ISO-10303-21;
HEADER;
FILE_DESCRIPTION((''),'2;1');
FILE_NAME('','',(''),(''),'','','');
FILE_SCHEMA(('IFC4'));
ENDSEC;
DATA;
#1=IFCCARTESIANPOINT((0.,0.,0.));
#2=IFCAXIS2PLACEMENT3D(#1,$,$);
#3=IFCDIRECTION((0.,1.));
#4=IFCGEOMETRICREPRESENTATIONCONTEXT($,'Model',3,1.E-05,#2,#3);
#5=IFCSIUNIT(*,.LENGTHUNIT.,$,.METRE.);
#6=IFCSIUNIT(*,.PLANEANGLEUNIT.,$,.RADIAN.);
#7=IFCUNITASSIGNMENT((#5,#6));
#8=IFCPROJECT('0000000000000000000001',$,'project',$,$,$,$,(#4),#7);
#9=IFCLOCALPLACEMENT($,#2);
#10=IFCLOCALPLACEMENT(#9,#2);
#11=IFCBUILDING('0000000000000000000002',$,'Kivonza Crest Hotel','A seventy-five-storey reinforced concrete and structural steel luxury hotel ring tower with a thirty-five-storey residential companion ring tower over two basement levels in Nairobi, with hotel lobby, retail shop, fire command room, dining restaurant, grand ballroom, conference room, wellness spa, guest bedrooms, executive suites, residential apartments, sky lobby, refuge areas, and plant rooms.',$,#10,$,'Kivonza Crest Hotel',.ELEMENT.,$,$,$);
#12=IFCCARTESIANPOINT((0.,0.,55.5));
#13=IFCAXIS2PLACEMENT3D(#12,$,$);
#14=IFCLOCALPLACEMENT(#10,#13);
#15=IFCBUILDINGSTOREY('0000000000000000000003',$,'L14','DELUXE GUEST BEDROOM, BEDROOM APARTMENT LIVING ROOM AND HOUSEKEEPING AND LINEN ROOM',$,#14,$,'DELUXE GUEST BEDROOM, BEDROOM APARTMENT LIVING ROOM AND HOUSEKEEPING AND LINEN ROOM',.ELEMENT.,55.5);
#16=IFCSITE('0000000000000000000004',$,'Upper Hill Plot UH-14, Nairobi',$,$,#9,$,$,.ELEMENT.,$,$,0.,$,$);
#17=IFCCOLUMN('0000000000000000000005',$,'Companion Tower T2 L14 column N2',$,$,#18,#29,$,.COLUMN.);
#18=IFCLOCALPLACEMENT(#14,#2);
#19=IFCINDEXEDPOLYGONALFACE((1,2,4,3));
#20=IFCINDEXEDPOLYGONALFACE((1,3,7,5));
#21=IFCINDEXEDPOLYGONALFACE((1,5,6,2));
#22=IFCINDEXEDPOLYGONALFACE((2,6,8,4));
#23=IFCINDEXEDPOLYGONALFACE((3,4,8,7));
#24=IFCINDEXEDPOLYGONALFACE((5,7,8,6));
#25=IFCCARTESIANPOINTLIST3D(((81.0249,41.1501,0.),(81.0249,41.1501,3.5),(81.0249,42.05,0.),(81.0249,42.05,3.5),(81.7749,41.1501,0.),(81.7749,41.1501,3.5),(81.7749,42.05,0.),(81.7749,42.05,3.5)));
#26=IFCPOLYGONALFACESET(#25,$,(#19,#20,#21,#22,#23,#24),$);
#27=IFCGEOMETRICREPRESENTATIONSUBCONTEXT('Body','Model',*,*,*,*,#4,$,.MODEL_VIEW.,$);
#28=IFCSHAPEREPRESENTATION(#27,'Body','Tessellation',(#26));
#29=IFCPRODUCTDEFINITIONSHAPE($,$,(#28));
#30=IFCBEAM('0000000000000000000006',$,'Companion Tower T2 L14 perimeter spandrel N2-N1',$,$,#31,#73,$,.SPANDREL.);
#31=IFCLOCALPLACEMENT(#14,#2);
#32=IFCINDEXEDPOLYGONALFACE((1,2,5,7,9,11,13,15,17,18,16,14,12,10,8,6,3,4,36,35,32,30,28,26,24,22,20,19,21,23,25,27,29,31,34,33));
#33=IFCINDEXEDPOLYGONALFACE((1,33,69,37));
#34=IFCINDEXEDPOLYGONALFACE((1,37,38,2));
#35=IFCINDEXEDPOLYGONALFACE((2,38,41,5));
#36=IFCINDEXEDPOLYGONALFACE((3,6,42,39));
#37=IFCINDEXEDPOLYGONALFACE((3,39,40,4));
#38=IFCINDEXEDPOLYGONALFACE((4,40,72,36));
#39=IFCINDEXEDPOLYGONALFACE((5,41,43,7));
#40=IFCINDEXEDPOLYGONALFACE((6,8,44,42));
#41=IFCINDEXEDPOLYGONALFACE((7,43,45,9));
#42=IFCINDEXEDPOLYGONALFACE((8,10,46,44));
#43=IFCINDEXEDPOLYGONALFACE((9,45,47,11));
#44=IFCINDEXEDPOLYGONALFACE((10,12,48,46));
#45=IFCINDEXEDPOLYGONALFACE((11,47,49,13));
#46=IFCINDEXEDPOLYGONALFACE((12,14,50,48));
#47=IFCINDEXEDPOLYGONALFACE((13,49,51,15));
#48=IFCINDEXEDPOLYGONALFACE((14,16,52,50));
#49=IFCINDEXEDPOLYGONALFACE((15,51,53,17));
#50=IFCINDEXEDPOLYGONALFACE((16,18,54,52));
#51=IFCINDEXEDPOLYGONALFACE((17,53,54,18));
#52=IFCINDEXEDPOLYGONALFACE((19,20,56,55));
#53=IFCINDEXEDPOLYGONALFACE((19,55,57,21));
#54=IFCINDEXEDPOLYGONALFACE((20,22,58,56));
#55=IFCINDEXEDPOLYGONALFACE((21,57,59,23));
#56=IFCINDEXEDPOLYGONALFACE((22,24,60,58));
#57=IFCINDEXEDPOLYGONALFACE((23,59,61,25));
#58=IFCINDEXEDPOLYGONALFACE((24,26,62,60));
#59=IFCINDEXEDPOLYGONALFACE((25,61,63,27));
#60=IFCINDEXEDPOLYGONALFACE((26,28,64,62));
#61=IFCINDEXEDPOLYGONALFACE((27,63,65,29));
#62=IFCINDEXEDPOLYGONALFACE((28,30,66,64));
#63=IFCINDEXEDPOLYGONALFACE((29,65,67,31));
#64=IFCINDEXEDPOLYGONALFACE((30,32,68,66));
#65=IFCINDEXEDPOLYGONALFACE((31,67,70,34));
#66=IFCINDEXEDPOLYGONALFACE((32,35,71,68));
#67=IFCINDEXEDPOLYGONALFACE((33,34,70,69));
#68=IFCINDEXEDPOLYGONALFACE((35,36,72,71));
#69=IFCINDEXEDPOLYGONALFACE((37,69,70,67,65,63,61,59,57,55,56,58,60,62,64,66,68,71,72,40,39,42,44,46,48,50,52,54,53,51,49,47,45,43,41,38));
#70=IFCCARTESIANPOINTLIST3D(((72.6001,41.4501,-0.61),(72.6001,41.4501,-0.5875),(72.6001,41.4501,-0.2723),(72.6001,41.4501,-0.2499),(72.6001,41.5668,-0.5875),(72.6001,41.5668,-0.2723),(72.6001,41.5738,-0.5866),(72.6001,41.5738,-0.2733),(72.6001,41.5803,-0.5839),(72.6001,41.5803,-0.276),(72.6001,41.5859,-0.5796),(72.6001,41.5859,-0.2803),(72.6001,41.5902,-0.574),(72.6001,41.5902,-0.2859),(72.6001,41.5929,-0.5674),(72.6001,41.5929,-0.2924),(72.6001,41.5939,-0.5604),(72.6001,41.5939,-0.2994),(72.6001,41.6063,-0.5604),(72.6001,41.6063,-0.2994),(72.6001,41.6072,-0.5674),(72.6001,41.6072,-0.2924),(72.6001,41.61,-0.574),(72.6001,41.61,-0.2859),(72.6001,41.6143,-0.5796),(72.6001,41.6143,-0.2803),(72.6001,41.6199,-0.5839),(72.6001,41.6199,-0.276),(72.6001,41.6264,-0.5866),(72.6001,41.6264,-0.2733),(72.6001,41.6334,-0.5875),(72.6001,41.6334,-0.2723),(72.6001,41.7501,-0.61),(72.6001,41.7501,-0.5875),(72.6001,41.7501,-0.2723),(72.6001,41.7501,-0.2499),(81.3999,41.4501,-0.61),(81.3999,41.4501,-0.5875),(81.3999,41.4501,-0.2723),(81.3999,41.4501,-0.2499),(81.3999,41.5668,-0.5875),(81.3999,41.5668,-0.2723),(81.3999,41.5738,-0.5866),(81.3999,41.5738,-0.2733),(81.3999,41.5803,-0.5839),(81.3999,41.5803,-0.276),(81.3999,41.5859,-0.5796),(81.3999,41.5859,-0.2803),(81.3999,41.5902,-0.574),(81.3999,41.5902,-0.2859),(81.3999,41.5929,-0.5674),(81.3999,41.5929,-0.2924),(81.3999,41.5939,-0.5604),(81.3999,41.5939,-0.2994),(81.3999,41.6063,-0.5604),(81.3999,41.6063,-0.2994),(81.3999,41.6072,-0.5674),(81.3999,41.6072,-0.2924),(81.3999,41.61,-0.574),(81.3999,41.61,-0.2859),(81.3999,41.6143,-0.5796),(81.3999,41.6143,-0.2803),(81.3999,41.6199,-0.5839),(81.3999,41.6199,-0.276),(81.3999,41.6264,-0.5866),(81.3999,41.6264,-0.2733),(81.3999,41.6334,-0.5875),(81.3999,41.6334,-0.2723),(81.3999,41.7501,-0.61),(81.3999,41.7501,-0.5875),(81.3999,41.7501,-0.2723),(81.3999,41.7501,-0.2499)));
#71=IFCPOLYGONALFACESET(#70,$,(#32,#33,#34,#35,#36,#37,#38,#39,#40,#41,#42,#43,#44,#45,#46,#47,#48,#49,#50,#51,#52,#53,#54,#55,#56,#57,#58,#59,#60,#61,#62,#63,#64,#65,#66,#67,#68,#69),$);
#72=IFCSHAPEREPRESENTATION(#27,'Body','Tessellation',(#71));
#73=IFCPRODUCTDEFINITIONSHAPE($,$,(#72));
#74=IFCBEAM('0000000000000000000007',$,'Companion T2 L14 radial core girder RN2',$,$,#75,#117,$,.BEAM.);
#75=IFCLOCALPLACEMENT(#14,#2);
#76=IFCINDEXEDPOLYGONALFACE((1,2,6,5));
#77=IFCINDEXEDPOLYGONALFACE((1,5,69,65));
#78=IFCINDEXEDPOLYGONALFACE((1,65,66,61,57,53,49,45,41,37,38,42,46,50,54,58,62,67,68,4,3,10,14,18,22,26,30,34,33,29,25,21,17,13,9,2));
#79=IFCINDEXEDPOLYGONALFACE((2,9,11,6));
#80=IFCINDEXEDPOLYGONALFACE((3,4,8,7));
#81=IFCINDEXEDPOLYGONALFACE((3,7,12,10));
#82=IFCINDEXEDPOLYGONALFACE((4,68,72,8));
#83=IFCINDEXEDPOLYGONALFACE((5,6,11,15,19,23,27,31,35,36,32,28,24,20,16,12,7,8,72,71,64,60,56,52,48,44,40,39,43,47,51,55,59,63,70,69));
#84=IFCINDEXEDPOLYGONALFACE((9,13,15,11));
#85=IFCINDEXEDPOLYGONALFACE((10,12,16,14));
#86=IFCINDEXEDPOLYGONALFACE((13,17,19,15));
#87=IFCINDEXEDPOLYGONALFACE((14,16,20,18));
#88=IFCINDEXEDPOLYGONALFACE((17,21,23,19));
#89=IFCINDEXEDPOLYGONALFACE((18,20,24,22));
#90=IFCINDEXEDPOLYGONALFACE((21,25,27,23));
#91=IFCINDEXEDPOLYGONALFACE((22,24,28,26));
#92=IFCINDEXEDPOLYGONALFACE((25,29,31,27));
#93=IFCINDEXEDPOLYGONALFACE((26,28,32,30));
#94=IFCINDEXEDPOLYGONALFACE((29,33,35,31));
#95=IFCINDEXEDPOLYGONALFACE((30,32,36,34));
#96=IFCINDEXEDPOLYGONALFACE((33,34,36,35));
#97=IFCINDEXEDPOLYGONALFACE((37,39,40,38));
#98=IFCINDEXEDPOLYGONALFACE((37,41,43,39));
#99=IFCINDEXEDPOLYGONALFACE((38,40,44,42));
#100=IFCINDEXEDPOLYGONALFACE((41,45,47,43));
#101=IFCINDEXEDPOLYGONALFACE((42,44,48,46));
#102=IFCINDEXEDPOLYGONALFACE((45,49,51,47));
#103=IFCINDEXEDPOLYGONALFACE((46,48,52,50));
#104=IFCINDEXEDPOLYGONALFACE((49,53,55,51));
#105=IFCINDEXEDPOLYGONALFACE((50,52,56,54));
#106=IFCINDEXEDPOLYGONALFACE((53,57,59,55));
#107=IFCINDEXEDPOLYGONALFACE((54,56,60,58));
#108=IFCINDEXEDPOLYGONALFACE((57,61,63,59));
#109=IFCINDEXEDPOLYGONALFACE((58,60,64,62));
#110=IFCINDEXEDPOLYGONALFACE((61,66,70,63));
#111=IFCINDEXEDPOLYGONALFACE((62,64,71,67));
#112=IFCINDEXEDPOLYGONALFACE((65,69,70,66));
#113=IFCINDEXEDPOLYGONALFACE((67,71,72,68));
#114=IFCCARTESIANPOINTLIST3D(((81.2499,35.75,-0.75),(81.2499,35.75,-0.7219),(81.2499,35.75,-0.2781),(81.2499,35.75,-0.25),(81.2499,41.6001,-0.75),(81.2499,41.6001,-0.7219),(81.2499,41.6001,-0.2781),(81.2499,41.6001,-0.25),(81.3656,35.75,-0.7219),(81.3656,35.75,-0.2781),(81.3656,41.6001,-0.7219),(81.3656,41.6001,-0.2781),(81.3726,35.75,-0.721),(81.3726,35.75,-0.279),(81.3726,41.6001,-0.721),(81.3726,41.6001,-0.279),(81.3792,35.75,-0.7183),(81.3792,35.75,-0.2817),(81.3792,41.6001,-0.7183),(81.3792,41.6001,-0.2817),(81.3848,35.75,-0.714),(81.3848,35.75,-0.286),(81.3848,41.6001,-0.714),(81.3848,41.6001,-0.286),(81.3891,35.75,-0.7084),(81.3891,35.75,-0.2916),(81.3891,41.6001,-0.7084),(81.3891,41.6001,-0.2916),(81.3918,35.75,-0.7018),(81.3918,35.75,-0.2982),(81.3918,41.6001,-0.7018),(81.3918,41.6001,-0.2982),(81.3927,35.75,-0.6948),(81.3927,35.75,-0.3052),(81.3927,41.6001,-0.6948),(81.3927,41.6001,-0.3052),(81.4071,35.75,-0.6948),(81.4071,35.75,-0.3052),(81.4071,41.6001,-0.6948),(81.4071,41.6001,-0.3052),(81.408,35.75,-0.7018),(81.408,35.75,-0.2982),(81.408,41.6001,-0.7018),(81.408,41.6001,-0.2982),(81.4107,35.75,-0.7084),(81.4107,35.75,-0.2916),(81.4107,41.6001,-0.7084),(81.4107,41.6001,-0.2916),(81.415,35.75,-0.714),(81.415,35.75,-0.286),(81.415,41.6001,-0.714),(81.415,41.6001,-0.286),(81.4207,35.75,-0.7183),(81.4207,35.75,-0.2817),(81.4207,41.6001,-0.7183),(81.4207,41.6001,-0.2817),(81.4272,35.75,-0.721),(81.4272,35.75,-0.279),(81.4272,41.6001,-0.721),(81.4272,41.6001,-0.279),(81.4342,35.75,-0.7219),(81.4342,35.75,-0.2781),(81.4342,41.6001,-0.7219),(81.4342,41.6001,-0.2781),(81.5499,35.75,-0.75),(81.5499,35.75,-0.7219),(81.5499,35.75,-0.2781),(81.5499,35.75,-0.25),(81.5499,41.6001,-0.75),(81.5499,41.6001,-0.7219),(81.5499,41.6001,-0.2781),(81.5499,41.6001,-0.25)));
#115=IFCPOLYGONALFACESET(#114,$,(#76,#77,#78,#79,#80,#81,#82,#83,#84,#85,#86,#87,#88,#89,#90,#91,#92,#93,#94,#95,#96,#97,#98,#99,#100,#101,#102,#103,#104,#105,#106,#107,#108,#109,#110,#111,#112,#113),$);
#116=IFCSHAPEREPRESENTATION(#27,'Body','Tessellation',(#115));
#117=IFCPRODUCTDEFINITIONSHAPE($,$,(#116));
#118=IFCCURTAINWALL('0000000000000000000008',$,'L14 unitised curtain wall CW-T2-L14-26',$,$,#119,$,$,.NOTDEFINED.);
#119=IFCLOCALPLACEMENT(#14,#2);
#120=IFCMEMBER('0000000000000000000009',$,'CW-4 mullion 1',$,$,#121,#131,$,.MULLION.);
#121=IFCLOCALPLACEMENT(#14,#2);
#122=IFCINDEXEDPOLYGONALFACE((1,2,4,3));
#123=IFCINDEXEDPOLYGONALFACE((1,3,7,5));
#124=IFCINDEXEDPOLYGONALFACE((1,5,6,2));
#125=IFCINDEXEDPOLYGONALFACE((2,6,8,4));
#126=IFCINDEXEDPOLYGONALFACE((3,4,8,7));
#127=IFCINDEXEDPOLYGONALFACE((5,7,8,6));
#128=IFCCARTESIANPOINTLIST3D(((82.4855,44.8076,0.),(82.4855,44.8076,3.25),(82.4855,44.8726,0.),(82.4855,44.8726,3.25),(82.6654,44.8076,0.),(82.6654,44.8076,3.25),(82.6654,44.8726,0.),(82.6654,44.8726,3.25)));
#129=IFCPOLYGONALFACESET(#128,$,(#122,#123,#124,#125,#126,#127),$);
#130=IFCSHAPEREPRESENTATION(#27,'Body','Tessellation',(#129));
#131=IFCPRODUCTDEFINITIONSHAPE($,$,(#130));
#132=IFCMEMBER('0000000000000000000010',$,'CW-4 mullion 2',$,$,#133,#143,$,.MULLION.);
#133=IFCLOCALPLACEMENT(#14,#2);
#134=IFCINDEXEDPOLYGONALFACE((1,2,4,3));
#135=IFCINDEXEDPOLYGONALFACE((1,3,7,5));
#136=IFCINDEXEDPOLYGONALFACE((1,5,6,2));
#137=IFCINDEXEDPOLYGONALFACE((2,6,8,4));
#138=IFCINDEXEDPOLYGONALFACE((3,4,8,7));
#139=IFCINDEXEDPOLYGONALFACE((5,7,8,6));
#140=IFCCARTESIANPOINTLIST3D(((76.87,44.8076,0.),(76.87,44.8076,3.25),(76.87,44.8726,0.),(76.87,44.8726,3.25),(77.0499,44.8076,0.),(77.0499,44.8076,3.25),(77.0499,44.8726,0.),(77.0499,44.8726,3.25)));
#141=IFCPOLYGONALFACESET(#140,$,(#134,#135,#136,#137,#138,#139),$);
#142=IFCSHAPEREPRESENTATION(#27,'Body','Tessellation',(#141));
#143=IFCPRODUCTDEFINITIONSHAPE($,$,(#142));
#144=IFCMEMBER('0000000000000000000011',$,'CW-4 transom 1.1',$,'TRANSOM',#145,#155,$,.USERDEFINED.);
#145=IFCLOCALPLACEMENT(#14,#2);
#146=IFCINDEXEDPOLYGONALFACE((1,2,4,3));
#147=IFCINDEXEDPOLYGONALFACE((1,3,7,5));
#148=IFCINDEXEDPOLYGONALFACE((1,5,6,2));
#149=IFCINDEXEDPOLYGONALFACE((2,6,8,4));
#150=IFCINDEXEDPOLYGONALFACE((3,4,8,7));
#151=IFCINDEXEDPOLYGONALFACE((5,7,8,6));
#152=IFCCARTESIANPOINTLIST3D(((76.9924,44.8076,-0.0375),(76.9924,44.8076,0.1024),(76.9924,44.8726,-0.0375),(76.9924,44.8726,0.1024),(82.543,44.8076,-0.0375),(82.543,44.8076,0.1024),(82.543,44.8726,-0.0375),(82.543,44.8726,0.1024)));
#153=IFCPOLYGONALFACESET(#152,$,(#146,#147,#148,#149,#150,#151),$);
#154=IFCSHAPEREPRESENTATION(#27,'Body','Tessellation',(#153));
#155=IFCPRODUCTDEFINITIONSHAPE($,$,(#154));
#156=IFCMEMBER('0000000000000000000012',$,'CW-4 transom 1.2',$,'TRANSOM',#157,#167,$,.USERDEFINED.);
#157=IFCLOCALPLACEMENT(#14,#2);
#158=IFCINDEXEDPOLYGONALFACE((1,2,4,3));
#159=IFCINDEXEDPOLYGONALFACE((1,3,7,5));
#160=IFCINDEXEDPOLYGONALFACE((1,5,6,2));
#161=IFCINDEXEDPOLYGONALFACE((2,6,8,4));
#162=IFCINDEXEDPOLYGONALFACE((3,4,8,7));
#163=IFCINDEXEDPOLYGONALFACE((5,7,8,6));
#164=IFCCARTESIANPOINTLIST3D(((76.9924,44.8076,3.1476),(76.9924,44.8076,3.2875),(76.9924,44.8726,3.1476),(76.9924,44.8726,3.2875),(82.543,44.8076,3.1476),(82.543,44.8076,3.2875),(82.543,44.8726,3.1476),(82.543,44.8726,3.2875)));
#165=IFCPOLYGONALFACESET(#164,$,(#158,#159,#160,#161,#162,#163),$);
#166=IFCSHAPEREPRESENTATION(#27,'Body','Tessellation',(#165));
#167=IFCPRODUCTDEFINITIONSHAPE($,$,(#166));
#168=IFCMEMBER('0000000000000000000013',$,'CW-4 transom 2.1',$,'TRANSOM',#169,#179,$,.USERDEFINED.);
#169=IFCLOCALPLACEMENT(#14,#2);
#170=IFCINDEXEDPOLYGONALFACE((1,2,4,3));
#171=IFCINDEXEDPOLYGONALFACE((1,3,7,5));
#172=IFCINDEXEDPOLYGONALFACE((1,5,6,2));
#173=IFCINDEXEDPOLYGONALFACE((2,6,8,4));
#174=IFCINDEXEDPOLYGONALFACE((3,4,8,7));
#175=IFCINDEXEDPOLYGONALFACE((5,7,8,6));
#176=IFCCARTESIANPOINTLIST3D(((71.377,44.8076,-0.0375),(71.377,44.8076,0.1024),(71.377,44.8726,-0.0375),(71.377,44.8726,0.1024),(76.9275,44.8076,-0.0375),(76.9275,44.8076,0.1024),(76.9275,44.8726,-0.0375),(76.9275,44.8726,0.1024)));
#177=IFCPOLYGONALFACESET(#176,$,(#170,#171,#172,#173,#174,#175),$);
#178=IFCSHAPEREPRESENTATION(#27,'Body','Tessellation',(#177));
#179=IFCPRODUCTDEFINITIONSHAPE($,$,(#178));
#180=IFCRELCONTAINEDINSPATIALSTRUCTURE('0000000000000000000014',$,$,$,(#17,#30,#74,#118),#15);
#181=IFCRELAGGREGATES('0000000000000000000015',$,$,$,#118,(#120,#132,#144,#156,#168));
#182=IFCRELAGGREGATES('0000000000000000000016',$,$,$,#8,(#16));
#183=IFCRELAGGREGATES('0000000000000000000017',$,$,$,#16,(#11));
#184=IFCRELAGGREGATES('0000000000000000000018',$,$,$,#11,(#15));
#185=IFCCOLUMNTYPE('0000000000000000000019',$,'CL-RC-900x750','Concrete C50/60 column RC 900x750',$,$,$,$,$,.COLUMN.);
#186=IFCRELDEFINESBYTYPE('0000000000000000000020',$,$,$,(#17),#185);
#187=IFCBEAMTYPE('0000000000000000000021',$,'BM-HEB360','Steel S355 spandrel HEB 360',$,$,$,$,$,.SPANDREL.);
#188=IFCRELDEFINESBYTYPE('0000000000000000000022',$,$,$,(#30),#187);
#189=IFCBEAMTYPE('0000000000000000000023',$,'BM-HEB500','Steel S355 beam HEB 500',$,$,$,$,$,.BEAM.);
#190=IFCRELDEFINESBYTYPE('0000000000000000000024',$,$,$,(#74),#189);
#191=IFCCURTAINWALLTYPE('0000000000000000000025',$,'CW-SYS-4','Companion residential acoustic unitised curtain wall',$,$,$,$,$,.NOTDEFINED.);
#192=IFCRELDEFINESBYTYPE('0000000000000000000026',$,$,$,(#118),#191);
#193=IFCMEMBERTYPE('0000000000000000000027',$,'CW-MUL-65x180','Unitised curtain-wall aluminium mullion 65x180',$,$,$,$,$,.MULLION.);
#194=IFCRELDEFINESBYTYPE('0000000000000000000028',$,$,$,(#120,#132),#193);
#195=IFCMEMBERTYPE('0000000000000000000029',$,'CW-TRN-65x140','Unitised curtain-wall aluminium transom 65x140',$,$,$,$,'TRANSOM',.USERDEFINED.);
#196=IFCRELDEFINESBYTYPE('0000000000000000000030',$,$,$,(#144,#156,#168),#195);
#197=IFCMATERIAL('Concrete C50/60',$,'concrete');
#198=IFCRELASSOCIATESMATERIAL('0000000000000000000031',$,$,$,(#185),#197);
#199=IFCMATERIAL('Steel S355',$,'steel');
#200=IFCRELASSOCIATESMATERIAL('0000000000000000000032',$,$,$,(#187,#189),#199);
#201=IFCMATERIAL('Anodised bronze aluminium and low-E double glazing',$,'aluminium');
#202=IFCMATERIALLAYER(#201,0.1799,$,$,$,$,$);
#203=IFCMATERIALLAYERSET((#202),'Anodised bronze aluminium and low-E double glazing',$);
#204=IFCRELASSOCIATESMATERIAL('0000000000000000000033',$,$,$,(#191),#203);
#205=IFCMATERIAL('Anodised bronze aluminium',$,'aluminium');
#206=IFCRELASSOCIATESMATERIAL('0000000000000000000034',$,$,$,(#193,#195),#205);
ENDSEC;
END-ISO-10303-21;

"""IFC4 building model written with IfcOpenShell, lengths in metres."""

from ifc_helpers import new_model, si_unit, direction, frame, origin, origin_2d, place, context, subcontext, project, spatial, rectangle, i_section, extrude, material, layer, layer_set, material_profile, profile_set, type_object, element, aggregate, save


model = new_model("IFC4")

# Units and contexts
model_context = context("Model", 3, precision=1e-05, world=origin(), true_north=direction((0.0, 1.0)))
body_context = subcontext(model_context, "Body", "Model", "MODEL_VIEW")
ifc_project = project(units=[si_unit("LENGTHUNIT", "METRE"), si_unit("PLANEANGLEUNIT", "RADIAN")], contexts=[model_context])

# Site, building, storey
site_placement = place(None, origin())
site = spatial("IfcSite", under=ifc_project, at=site_placement, Name="Upper Hill Plot UH-14, Nairobi", CompositionType="ELEMENT", RefElevation=0.0)
building_placement = place(site_placement, origin())
building = spatial("IfcBuilding", under=site, at=building_placement, Name="Kivonza Crest Hotel", Description="A seventy-five-storey reinforced concrete and structural steel luxury hotel ring tower with a thirty-five-storey residential companion ring tower over two basement levels in Nairobi, with hotel lobby, retail shop, fire command room, dining restaurant, grand ballroom, conference room, wellness spa, guest bedrooms, executive suites, residential apartments, sky lobby, refuge areas, and plant rooms.", LongName="Kivonza Crest Hotel", CompositionType="ELEMENT")
storey_placement = place(building_placement, frame((0.0, 0.0, 55.5)))
storey = spatial("IfcBuildingStorey", under=building, at=storey_placement, Name="L14", Description="DELUXE GUEST BEDROOM, BEDROOM APARTMENT LIVING ROOM AND HOUSEKEEPING AND LINEN ROOM", LongName="DELUXE GUEST BEDROOM, BEDROOM APARTMENT LIVING ROOM AND HOUSEKEEPING AND LINEN ROOM", CompositionType="ELEMENT", Elevation=55.5)

# Column
ifc_material_1 = material(Name="Concrete C50/60", Category="concrete")
ifc_material_profile_1 = material_profile(ifc_material_1, rectangle(XDim=0.75, YDim=0.8999, at=origin_2d()), Name="RC 900x750")
ifc_profile_set_1 = profile_set([ifc_material_profile_1], Name="Concrete C50/60")
column_type = type_object("IfcColumnType", Name="CL-RC-900x750", Description="Concrete C50/60 column RC 900x750", PredefinedType="COLUMN", material=ifc_profile_set_1)
column_placement = place(storey_placement, frame((81.3999, 41.6001, 0.0), z_axis=(0.0, 0.0, 1.0), x_axis=(1.0, 0.0, 0.0)))
element("IfcColumn", 1, at=column_placement, inside=storey, type_object=column_type, Name="Companion Tower T2 L14 column N2", PredefinedType="COLUMN", context=body_context, shape_type="SweptSolid", body=[
    extrude(rectangle(XDim=0.75, YDim=0.8999, at=origin_2d()), origin(), (0.0, 0.0, 1.0), 3.5),
])

# Beams
ifc_material_2 = material(Name="Steel S355", Category="steel")
ifc_material_profile_2 = material_profile(ifc_material_2, i_section(OverallWidth=0.3, OverallDepth=0.3601, WebThickness=0.0125, FlangeThickness=0.0225, FilletRadius=0.0271, at=origin_2d()), Name="HEB 360")
ifc_profile_set_2 = profile_set([ifc_material_profile_2], Name="Steel S355")
beam_type_1 = type_object("IfcBeamType", Name="BM-HEB360", Description="Steel S355 spandrel HEB 360", PredefinedType="SPANDREL", material=ifc_profile_set_2)
beam_1_placement = place(storey_placement, frame((81.3999, 41.6001, -0.4299), z_axis=(-1.0, 0.0, 0.0), x_axis=(0.0, -1.0, 0.0)))
element("IfcBeam", 2, at=beam_1_placement, inside=storey, type_object=beam_type_1, Name="Companion Tower T2 L14 perimeter spandrel N2-N1", PredefinedType="SPANDREL", context=body_context, shape_type="SweptSolid", body=[
    extrude(i_section(OverallWidth=0.3, OverallDepth=0.3601, WebThickness=0.0125, FlangeThickness=0.0225, FilletRadius=0.0271, at=origin_2d()), origin(), (0.0, 0.0, 1.0), 8.7998),
])
ifc_material_profile_3 = material_profile(ifc_material_2, i_section(OverallWidth=0.3, OverallDepth=0.5, WebThickness=0.0144, FlangeThickness=0.0281, FilletRadius=0.0271, at=origin_2d()), Name="HEB 500")
ifc_profile_set_3 = profile_set([ifc_material_profile_3], Name="Steel S355")
beam_type_2 = type_object("IfcBeamType", Name="BM-HEB500", Description="Steel S355 beam HEB 500", PredefinedType="BEAM", material=ifc_profile_set_3)
beam_2_placement = place(storey_placement, frame((81.3999, 41.6001, -0.5), z_axis=(0.0, -1.0, 0.0), x_axis=(1.0, 0.0, 0.0)))
element("IfcBeam", 3, at=beam_2_placement, inside=storey, type_object=beam_type_2, Name="Companion T2 L14 radial core girder RN2", PredefinedType="BEAM", context=body_context, shape_type="SweptSolid", body=[
    extrude(i_section(OverallWidth=0.3, OverallDepth=0.5, WebThickness=0.0144, FlangeThickness=0.0281, FilletRadius=0.0271, at=origin_2d()), origin(), (0.0, 0.0, 1.0), 5.8501),
])

# Curtain wall, members
ifc_material_3 = material(Name="Anodised bronze aluminium and low-E double glazing", Category="aluminium")
ifc_layer_1 = layer(ifc_material_3, 0.1799)
ifc_layer_set_1 = layer_set([ifc_layer_1], Name="Anodised bronze aluminium and low-E double glazing")
curtain_wall_type = type_object("IfcCurtainWallType", Name="CW-SYS-4", Description="Companion residential acoustic unitised curtain wall", PredefinedType="NOTDEFINED", material=ifc_layer_set_1)
curtain_wall_placement = place(storey_placement, origin())
curtain_wall = element("IfcCurtainWall", 4, at=curtain_wall_placement, inside=storey, type_object=curtain_wall_type, Name="L14 unitised curtain wall CW-T2-L14-26", PredefinedType="NOTDEFINED")
ifc_material_4 = material(Name="Anodised bronze aluminium", Category="aluminium")
ifc_material_profile_4 = material_profile(ifc_material_4, rectangle(XDim=0.0649, YDim=0.1799, at=origin_2d()), Name="CW-M 65x180")
ifc_profile_set_4 = profile_set([ifc_material_profile_4], Name="Anodised bronze aluminium")
member_type_1 = type_object("IfcMemberType", Name="CW-MUL-65x180", Description="Unitised curtain-wall aluminium mullion 65x180", PredefinedType="MULLION", material=ifc_profile_set_4)
member_1_placement = place(storey_placement, frame((82.5754, 44.8401, 0.0), z_axis=(0.0, 0.0, 1.0), x_axis=(0.0, -1.0, 0.0)))
member_1 = element("IfcMember", 5, at=member_1_placement, type_object=member_type_1, Name="CW-4 mullion 1", PredefinedType="MULLION", context=body_context, shape_type="SweptSolid", body=[
    extrude(rectangle(XDim=0.0649, YDim=0.1799, at=origin_2d()), origin(), (0.0, 0.0, 1.0), 3.25),
])
member_2_placement = place(storey_placement, frame((76.96, 44.8401, 0.0), z_axis=(0.0, 0.0, 1.0), x_axis=(0.0, -1.0, 0.0)))
member_2 = element("IfcMember", 6, at=member_2_placement, type_object=member_type_1, Name="CW-4 mullion 2", PredefinedType="MULLION", context=body_context, shape_type="SweptSolid", body=[
    extrude(rectangle(XDim=0.0649, YDim=0.1799, at=origin_2d()), origin(), (0.0, 0.0, 1.0), 3.25),
])
ifc_material_profile_5 = material_profile(ifc_material_4, rectangle(XDim=0.0649, YDim=0.1399, at=origin_2d()), Name="CW-T 65x140")
ifc_profile_set_5 = profile_set([ifc_material_profile_5], Name="Anodised bronze aluminium")
member_type_2 = type_object("IfcMemberType", Name="CW-TRN-65x140", Description="Unitised curtain-wall aluminium transom 65x140", ElementType="TRANSOM", PredefinedType="USERDEFINED", material=ifc_profile_set_5)
member_3_placement = place(storey_placement, frame((82.543, 44.8401, 0.0325), z_axis=(-1.0, 0.0, 0.0), x_axis=(0.0, -1.0, 0.0)))
member_3 = element("IfcMember", 7, at=member_3_placement, type_object=member_type_2, Name="CW-4 transom 1.1", ObjectType="TRANSOM", PredefinedType="USERDEFINED", context=body_context, shape_type="SweptSolid", body=[
    extrude(rectangle(XDim=0.0649, YDim=0.1399, at=origin_2d()), origin(), (0.0, 0.0, 1.0), 5.5505),
])
member_4_placement = place(storey_placement, frame((82.543, 44.8401, 3.2175), z_axis=(-1.0, 0.0, 0.0), x_axis=(0.0, -1.0, 0.0)))
member_4 = element("IfcMember", 8, at=member_4_placement, type_object=member_type_2, Name="CW-4 transom 1.2", ObjectType="TRANSOM", PredefinedType="USERDEFINED", context=body_context, shape_type="SweptSolid", body=[
    extrude(rectangle(XDim=0.0649, YDim=0.1399, at=origin_2d()), origin(), (0.0, 0.0, 1.0), 5.5505),
])
member_5_placement = place(storey_placement, frame((76.9275, 44.8401, 0.0325), z_axis=(-1.0, 0.0, 0.0), x_axis=(0.0, -1.0, 0.0)))
member_5 = element("IfcMember", 9, at=member_5_placement, type_object=member_type_2, Name="CW-4 transom 2.1", ObjectType="TRANSOM", PredefinedType="USERDEFINED", context=body_context, shape_type="SweptSolid", body=[
    extrude(rectangle(XDim=0.0649, YDim=0.1399, at=origin_2d()), origin(), (0.0, 0.0, 1.0), 5.5505),
])
aggregate(curtain_wall, [member_1, member_2, member_3, member_4, member_5])

save(model, "model.ifc")
